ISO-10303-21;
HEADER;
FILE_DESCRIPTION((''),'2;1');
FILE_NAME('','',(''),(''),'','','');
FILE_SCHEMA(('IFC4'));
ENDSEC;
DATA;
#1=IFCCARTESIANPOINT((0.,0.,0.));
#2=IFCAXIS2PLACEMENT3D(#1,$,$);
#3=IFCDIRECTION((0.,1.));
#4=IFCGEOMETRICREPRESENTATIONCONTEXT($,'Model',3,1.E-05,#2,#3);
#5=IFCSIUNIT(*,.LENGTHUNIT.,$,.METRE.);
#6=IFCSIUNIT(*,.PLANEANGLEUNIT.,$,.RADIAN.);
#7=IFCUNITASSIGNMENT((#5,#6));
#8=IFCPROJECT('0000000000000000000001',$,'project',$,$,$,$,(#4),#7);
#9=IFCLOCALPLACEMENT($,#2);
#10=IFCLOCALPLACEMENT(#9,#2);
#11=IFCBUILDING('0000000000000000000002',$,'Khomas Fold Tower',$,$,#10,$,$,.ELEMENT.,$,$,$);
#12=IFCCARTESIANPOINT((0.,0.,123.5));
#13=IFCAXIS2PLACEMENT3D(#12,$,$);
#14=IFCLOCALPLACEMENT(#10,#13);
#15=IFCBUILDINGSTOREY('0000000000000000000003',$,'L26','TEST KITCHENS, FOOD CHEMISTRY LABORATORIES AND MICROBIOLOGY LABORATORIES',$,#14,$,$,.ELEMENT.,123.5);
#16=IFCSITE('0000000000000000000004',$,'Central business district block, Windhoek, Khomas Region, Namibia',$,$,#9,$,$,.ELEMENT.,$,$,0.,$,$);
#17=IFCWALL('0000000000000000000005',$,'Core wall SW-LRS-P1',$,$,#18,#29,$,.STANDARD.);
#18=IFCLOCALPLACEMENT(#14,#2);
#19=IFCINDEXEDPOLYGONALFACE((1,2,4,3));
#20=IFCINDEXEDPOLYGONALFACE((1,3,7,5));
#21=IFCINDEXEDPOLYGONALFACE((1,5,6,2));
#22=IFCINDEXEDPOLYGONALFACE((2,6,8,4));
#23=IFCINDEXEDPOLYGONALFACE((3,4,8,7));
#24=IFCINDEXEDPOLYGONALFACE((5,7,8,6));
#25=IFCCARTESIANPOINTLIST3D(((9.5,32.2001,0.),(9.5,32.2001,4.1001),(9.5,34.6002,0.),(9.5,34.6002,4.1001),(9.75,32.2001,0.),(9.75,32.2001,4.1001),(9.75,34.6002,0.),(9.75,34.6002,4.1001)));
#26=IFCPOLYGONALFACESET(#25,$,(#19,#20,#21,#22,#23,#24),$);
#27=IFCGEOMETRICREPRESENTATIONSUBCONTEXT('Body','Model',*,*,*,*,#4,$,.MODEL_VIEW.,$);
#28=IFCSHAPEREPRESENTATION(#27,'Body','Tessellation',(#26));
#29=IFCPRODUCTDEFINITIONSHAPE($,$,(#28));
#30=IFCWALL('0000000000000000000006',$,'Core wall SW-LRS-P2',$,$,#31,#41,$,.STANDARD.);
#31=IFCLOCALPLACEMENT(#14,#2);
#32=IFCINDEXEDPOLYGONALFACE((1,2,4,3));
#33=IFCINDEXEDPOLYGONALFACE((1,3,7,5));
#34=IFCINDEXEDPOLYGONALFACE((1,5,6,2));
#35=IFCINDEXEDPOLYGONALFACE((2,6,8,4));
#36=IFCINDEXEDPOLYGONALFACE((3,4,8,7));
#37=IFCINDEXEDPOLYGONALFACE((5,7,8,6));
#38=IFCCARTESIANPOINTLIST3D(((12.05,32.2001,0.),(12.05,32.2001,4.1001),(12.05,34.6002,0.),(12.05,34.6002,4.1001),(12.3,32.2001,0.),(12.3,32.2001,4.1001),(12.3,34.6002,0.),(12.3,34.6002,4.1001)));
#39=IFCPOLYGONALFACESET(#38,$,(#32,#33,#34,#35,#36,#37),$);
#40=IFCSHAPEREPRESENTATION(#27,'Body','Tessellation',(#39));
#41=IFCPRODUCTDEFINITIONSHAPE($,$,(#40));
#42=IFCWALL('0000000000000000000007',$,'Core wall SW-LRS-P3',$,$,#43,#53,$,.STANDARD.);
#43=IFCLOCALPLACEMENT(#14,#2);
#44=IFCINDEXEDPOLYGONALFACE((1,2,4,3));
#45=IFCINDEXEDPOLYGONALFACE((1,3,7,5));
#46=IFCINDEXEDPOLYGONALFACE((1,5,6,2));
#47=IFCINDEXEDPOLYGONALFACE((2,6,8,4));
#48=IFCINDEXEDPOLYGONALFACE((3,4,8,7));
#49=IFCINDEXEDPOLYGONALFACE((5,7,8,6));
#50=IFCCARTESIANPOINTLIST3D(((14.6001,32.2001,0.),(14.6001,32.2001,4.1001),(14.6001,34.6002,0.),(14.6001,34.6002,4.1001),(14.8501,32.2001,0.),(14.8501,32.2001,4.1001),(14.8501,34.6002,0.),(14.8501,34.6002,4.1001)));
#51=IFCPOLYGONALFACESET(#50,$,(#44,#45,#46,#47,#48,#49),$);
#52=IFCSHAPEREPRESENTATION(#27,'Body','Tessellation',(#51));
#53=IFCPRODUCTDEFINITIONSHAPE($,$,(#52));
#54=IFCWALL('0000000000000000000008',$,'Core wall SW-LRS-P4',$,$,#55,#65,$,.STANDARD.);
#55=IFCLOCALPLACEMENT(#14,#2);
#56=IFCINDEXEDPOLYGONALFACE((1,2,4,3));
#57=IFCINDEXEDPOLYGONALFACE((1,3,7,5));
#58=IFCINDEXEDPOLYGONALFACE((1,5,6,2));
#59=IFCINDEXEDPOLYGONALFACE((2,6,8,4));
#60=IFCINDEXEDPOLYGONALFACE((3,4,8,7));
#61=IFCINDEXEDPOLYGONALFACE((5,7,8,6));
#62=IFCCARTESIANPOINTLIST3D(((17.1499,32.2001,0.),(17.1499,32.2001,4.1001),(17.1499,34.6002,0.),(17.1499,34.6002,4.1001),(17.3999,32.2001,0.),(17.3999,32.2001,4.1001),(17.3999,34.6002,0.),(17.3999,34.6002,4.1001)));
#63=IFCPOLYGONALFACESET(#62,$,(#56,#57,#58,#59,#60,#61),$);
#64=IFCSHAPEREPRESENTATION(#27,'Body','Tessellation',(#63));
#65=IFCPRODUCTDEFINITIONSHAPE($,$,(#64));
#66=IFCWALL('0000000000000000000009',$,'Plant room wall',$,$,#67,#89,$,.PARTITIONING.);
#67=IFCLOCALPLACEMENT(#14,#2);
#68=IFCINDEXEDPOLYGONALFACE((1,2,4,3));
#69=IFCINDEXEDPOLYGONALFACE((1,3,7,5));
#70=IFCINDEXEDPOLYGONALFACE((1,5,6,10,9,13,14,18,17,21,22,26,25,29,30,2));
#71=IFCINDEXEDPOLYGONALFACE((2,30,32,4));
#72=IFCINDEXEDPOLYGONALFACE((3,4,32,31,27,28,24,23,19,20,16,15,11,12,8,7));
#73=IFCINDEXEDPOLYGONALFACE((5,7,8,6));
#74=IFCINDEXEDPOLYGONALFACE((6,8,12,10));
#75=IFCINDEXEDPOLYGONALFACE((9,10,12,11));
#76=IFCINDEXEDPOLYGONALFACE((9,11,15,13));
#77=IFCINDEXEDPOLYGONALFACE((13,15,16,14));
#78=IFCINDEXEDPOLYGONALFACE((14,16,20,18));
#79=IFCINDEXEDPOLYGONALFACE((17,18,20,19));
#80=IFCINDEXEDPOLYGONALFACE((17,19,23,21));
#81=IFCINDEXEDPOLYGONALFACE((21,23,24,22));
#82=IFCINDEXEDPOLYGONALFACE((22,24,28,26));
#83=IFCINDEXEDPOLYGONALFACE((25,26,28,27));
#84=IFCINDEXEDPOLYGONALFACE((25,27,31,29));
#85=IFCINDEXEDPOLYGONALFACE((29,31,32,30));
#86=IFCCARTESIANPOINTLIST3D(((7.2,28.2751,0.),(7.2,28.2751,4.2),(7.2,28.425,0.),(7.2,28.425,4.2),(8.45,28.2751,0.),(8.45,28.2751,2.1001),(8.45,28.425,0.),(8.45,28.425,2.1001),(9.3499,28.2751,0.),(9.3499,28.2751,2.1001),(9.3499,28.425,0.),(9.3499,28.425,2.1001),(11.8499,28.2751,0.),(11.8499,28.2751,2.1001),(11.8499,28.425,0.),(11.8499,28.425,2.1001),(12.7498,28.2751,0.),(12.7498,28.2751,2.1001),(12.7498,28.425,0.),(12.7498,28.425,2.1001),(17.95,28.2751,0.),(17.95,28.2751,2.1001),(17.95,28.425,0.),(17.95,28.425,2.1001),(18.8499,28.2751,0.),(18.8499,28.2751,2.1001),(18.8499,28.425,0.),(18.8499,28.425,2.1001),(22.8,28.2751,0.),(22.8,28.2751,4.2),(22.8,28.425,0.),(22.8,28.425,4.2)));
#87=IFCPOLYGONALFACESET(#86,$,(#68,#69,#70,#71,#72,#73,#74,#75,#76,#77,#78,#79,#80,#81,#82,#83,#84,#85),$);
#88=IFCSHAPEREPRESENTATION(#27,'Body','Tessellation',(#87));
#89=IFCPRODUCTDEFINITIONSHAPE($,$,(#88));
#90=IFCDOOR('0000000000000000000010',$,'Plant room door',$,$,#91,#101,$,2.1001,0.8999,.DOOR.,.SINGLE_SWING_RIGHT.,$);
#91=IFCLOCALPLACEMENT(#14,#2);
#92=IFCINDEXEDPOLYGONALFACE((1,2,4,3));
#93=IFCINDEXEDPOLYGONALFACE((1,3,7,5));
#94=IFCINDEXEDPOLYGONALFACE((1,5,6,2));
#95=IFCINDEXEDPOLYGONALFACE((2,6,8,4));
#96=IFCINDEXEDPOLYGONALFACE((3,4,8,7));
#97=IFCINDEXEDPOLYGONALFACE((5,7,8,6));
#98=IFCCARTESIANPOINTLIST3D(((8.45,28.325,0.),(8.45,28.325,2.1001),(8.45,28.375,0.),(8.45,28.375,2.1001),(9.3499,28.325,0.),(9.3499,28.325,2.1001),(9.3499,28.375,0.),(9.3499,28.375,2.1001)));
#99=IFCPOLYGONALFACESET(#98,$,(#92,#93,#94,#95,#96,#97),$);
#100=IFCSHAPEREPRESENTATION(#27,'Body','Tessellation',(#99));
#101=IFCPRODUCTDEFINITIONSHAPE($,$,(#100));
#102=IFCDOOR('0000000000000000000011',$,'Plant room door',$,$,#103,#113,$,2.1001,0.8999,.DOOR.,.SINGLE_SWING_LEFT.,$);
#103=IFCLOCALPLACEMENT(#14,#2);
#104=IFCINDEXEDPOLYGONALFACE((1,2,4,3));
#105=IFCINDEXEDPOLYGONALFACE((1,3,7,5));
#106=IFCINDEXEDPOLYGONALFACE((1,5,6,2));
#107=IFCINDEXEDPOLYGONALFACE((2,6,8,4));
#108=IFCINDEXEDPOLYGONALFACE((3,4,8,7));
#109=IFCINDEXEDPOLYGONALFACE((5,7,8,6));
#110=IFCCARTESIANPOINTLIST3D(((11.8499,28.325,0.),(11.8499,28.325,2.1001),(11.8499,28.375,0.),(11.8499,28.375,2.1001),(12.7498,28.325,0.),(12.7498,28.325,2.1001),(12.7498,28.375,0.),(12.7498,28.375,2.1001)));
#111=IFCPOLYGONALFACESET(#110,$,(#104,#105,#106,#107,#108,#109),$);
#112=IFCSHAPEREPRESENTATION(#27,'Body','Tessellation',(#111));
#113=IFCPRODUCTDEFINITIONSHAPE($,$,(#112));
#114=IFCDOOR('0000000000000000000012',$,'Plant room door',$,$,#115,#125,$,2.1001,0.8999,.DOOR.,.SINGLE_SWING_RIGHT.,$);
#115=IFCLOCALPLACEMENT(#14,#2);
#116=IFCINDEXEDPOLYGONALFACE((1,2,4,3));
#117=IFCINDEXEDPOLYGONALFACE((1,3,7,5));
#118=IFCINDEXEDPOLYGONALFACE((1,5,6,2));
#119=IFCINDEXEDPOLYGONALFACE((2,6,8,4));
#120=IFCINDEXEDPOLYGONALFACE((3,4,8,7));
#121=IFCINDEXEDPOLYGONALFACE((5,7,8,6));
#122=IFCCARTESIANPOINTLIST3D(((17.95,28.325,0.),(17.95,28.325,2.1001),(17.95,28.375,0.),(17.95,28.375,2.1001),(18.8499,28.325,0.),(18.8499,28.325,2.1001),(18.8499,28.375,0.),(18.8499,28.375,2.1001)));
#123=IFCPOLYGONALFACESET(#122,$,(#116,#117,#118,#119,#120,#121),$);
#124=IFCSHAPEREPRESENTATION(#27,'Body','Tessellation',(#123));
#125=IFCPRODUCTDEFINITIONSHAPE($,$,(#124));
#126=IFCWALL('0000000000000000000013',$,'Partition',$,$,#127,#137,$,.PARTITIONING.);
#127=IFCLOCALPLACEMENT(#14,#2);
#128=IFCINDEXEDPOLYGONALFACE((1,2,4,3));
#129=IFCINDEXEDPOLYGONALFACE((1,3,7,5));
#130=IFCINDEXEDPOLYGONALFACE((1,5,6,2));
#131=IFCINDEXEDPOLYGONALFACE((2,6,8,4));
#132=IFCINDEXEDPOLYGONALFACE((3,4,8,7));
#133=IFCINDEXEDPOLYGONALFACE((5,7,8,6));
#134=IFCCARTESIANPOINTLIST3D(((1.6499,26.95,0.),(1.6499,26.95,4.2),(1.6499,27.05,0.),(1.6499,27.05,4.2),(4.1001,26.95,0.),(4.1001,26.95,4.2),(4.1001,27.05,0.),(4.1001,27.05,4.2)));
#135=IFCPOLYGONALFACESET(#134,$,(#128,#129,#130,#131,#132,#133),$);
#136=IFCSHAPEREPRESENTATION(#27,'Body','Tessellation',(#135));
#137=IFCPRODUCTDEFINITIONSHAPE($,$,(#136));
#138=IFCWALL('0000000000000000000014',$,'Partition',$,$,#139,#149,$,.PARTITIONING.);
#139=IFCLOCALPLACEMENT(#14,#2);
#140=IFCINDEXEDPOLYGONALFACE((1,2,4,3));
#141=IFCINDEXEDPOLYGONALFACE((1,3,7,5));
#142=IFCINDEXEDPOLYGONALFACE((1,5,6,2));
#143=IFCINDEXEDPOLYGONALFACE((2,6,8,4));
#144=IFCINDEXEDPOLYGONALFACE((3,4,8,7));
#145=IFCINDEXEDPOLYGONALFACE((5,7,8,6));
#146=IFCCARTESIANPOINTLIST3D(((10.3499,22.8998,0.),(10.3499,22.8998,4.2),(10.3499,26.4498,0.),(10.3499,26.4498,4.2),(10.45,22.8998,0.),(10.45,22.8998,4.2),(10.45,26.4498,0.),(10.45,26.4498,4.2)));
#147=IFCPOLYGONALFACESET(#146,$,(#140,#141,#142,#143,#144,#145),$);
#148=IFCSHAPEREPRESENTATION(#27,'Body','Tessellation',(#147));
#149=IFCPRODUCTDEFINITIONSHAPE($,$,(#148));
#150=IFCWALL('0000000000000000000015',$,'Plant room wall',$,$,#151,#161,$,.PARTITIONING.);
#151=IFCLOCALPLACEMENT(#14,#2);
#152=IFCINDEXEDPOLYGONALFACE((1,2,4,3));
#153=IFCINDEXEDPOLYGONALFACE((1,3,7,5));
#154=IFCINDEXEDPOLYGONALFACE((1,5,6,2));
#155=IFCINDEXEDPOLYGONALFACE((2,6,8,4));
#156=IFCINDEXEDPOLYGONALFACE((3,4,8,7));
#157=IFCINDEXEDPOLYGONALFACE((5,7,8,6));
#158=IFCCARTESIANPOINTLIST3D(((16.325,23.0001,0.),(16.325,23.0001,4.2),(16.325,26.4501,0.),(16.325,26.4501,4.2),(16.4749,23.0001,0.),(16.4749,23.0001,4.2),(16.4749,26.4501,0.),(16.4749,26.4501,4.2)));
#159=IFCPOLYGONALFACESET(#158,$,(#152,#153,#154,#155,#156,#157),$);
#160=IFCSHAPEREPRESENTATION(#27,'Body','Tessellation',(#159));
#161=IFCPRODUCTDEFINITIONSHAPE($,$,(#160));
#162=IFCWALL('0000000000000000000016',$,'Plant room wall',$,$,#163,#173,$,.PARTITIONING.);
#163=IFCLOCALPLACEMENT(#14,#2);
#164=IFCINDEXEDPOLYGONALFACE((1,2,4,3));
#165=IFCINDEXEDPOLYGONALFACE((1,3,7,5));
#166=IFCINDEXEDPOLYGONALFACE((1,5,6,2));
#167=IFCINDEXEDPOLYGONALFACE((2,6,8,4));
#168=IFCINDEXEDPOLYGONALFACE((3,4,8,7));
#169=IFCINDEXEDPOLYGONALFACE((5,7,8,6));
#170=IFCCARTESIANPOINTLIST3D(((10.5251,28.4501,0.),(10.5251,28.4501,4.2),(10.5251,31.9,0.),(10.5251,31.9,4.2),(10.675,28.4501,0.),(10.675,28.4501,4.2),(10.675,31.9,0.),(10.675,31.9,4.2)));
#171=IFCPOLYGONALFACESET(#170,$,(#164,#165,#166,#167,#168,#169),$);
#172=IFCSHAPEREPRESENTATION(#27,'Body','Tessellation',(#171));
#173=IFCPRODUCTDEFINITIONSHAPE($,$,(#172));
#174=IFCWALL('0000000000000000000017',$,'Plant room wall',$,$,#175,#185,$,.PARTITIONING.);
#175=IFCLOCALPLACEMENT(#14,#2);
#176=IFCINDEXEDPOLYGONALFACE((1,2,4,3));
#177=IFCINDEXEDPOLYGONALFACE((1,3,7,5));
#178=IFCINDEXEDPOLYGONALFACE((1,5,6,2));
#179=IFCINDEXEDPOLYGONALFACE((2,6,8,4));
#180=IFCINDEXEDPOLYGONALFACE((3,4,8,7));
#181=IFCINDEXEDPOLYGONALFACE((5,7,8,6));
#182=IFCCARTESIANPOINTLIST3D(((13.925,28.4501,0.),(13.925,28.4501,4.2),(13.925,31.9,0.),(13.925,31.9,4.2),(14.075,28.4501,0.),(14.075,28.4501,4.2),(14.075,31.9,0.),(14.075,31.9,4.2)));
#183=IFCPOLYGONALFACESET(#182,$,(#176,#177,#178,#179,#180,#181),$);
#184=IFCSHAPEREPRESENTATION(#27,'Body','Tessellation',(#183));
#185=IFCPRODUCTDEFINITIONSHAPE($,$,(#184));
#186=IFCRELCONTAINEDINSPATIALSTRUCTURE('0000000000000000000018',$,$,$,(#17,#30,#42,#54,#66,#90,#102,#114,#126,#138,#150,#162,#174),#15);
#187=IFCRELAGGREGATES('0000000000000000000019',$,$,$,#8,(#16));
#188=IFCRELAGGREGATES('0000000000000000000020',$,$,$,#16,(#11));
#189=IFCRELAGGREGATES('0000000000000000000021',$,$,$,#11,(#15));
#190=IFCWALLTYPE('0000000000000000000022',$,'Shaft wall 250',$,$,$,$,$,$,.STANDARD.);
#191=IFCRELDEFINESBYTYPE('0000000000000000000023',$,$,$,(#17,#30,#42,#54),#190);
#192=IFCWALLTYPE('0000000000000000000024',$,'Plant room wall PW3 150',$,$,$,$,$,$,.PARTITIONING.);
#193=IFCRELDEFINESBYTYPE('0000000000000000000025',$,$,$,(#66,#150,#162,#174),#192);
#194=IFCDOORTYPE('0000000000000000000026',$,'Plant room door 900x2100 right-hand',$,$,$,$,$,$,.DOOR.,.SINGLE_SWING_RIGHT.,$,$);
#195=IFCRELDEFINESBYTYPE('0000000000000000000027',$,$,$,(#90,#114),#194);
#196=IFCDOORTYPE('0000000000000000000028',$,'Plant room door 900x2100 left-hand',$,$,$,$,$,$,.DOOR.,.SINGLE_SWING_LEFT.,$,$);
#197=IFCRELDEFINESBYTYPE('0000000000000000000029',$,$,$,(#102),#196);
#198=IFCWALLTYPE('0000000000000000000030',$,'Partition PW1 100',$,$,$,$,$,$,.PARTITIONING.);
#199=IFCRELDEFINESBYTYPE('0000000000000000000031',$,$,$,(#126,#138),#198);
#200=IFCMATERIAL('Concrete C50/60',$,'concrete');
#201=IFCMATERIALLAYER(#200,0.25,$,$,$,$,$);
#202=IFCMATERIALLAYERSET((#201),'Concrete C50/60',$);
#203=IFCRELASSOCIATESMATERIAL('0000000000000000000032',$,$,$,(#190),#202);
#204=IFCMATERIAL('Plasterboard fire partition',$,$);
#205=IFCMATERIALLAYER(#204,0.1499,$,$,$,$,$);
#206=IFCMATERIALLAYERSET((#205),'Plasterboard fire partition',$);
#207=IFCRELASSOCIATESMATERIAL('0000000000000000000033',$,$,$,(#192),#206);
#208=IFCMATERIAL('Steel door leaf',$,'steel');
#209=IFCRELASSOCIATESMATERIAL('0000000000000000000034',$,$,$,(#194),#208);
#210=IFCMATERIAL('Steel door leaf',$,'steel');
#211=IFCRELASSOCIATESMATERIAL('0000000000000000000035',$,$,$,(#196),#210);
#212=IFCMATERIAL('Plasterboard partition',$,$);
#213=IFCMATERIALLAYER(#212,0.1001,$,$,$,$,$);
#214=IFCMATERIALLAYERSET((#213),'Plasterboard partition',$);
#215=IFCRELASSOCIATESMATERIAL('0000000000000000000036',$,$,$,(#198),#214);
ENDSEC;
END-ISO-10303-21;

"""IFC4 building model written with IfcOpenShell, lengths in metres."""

from ifc_helpers import new_model, si_unit, direction, frame, frame_2d, origin, place, context, subcontext, project, spatial, rectangle, extrude, source, transform, mapped, material, layer, layer_set, type_object, element, fill, save


model = new_model("IFC4")

# Units and contexts
model_context = context("Model", 3, precision=1e-05, world=origin(), true_north=direction((0.0, 1.0)))
body_context = subcontext(model_context, "Body", "Model", "MODEL_VIEW")
ifc_project = project(units=[si_unit("LENGTHUNIT", "METRE"), si_unit("PLANEANGLEUNIT", "RADIAN")], contexts=[model_context])

# Site, building, storey
site_placement = place(None, origin())
site = spatial("IfcSite", under=ifc_project, at=site_placement, Name="Central business district block, Windhoek, Khomas Region, Namibia", CompositionType="ELEMENT", RefElevation=0.0)
building_placement = place(site_placement, origin())
building = spatial("IfcBuilding", under=site, at=building_placement, Name="Khomas Fold Tower", CompositionType="ELEMENT")
storey_placement = place(building_placement, frame((0.0, 0.0, 123.5)))
storey = spatial("IfcBuildingStorey", under=building, at=storey_placement, Name="L26", Description="TEST KITCHENS, FOOD CHEMISTRY LABORATORIES AND MICROBIOLOGY LABORATORIES", CompositionType="ELEMENT", Elevation=123.5)

# Walls
ifc_material_1 = material(Name="Concrete C50/60", Category="concrete")
ifc_layer_1 = layer(ifc_material_1, 0.25)
ifc_layer_set_1 = layer_set([ifc_layer_1], Name="Concrete C50/60")
wall_type_1 = type_object("IfcWallType", Name="Shaft wall 250", PredefinedType="STANDARD", material=ifc_layer_set_1)
shared_shape_1 = source(origin(), body_context, "Body", "SweptSolid", [
    extrude(rectangle(XDim=2.4001, YDim=0.25, at=frame_2d((1.2002, 0.0))), origin(), (0.0, 0.0, 1.0), 4.1001),
])
for number, where, z_axis, x_axis, name in (
    (1, (9.625, 32.2, 0.0), (0.0, 0.0, 1.0), (0.0, 1.0, 0.0), "Core wall SW-LRS-P1"),
    (2, (12.175, 32.2, 0.0), (0.0, 0.0, 1.0), (0.0, 1.0, 0.0), "Core wall SW-LRS-P2"),
    (3, (14.7251, 32.2, 0.0), (0.0, 0.0, 1.0), (0.0, 1.0, 0.0), "Core wall SW-LRS-P3"),
    (4, (17.2749, 32.2, 0.0), (0.0, 0.0, 1.0), (0.0, 1.0, 0.0), "Core wall SW-LRS-P4"),
):
    element("IfcWall", number, at=place(storey_placement, frame(where, z_axis=z_axis, x_axis=x_axis)), inside=storey, type_object=wall_type_1, Name=name, PredefinedType="STANDARD", context=body_context, shape_type="MappedRepresentation", body=[
        mapped(shared_shape_1, transform((0.0, 0.0, 0.0))),
    ])

# Wall, openings, doors
ifc_material_2 = material(Name="Plasterboard fire partition")
ifc_layer_2 = layer(ifc_material_2, 0.1499)
ifc_layer_set_2 = layer_set([ifc_layer_2], Name="Plasterboard fire partition")
wall_type_2 = type_object("IfcWallType", Name="Plant room wall PW3 150", PredefinedType="PARTITIONING", material=ifc_layer_set_2)
shared_shape_2 = source(origin(), body_context, "Body", "SweptSolid", [
    extrude(rectangle(XDim=15.6001, YDim=0.1499, at=frame_2d((7.8, 0.0))), origin(), (0.0, 0.0, 1.0), 4.2),
])
wall_1_placement = place(storey_placement, frame((7.2, 28.3501, 0.0), z_axis=(0.0, 0.0, 1.0), x_axis=(1.0, 0.0, 0.0)))
wall_1 = element("IfcWall", 5, at=wall_1_placement, inside=storey, type_object=wall_type_2, Name="Plant room wall", PredefinedType="PARTITIONING", context=body_context, shape_type="MappedRepresentation", body=[
    mapped(shared_shape_2, transform((0.0, 0.0, 0.0))),
])
shared_shape_3 = source(origin(), body_context, "Body", "SweptSolid", [
    extrude(rectangle(XDim=0.8999, YDim=2.1001, at=frame_2d((0.45, 1.05))), frame((0.0, 0.085, 0.0), z_axis=(0.0, -1.0, 0.0), x_axis=(1.0, 0.0, 0.0)), (0.0, 0.0, 1.0), 0.1699),
])
opening_1_placement = place(wall_1_placement, frame((1.25, 0.0, 0.0)))
opening_1 = element("IfcOpeningElement", 6, at=opening_1_placement, cuts=wall_1, PredefinedType="OPENING", context=body_context, shape_type="MappedRepresentation", body=[
    mapped(shared_shape_3, transform((0.0, 0.0, 0.0))),
])
opening_2_placement = place(wall_1_placement, frame((4.6499, 0.0, 0.0)))
opening_2 = element("IfcOpeningElement", 7, at=opening_2_placement, cuts=wall_1, PredefinedType="OPENING", context=body_context, shape_type="MappedRepresentation", body=[
    mapped(shared_shape_3, transform((0.0, 0.0, 0.0))),
])
opening_3_placement = place(wall_1_placement, frame((10.75, 0.0, 0.0)))
opening_3 = element("IfcOpeningElement", 8, at=opening_3_placement, cuts=wall_1, PredefinedType="OPENING", context=body_context, shape_type="MappedRepresentation", body=[
    mapped(shared_shape_3, transform((0.0, 0.0, 0.0))),
])
ifc_material_3 = material(Name="Steel door leaf", Category="steel")
door_type_1 = type_object("IfcDoorType", Name="Plant room door 900x2100 right-hand", OperationType="SINGLE_SWING_RIGHT", PredefinedType="DOOR", material=ifc_material_3)
shared_shape_4 = source(origin(), body_context, "Body", "SweptSolid", [
    extrude(rectangle(XDim=0.8999, YDim=2.1001, at=frame_2d((0.45, 1.05))), frame((0.0, 0.0249, 0.0), z_axis=(0.0, -1.0, 0.0), x_axis=(1.0, 0.0, 0.0)), (0.0, 0.0, 1.0), 0.05),
])
door_1_placement = place(opening_1_placement, origin())
door_1 = element("IfcDoor", 9, at=door_1_placement, inside=storey, type_object=door_type_1, Name="Plant room door", OperationType="SINGLE_SWING_RIGHT", OverallHeight=2.1001, OverallWidth=0.8999, PredefinedType="DOOR", context=body_context, shape_type="MappedRepresentation", body=[
    mapped(shared_shape_4, transform((0.0, 0.0, 0.0))),
])
fill(opening_1, door_1)
ifc_material_4 = material(Name="Steel door leaf", Category="steel")
door_type_2 = type_object("IfcDoorType", Name="Plant room door 900x2100 left-hand", OperationType="SINGLE_SWING_LEFT", PredefinedType="DOOR", material=ifc_material_4)
door_2_placement = place(opening_2_placement, origin())
door_2 = element("IfcDoor", 10, at=door_2_placement, inside=storey, type_object=door_type_2, Name="Plant room door", OperationType="SINGLE_SWING_LEFT", OverallHeight=2.1001, OverallWidth=0.8999, PredefinedType="DOOR", context=body_context, shape_type="MappedRepresentation", body=[
    mapped(shared_shape_4, transform((0.0, 0.0, 0.0))),
])
fill(opening_2, door_2)
door_3_placement = place(opening_3_placement, origin())
door_3 = element("IfcDoor", 11, at=door_3_placement, inside=storey, type_object=door_type_1, Name="Plant room door", OperationType="SINGLE_SWING_RIGHT", OverallHeight=2.1001, OverallWidth=0.8999, PredefinedType="DOOR", context=body_context, shape_type="MappedRepresentation", body=[
    mapped(shared_shape_4, transform((0.0, 0.0, 0.0))),
])
fill(opening_3, door_3)

# Walls
ifc_material_5 = material(Name="Plasterboard partition")
ifc_layer_3 = layer(ifc_material_5, 0.1001)
ifc_layer_set_3 = layer_set([ifc_layer_3], Name="Plasterboard partition")
wall_type_3 = type_object("IfcWallType", Name="Partition PW1 100", PredefinedType="PARTITIONING", material=ifc_layer_set_3)
shared_shape_5 = source(origin(), body_context, "Body", "SweptSolid", [
    extrude(rectangle(XDim=2.4502, YDim=0.1001, at=frame_2d((1.2251, 0.0))), origin(), (0.0, 0.0, 1.0), 4.2),
])
wall_2_placement = place(storey_placement, frame((1.6499, 27.0, 0.0), z_axis=(0.0, 0.0, 1.0), x_axis=(1.0, 0.0, 0.0)))
element("IfcWall", 12, at=wall_2_placement, inside=storey, type_object=wall_type_3, Name="Partition", PredefinedType="PARTITIONING", context=body_context, shape_type="MappedRepresentation", body=[
    mapped(shared_shape_5, transform((0.0, 0.0, 0.0))),
])
shared_shape_6 = source(origin(), body_context, "Body", "SweptSolid", [
    extrude(rectangle(XDim=3.55, YDim=0.1001, at=frame_2d((1.7749, 0.0))), origin(), (0.0, 0.0, 1.0), 4.2),
])
wall_3_placement = place(storey_placement, frame((10.3999, 22.8999, 0.0), z_axis=(0.0, 0.0, 1.0), x_axis=(0.0, 1.0, 0.0)))
element("IfcWall", 13, at=wall_3_placement, inside=storey, type_object=wall_type_3, Name="Partition", PredefinedType="PARTITIONING", context=body_context, shape_type="MappedRepresentation", body=[
    mapped(shared_shape_6, transform((0.0, 0.0, 0.0))),
])
shared_shape_7 = source(origin(), body_context, "Body", "SweptSolid", [
    extrude(rectangle(XDim=3.45, YDim=0.1499, at=frame_2d((1.7251, 0.0))), origin(), (0.0, 0.0, 1.0), 4.2),
])
for number, where, z_axis, x_axis, name in (
    (14, (16.3999, 23.0, 0.0), (0.0, 0.0, 1.0), (0.0, 1.0, 0.0), "Plant room wall"),
    (15, (10.6001, 28.45, 0.0), (0.0, 0.0, 1.0), (0.0, 1.0, 0.0), "Plant room wall"),
    (16, (14.0, 28.45, 0.0), (0.0, 0.0, 1.0), (0.0, 1.0, 0.0), "Plant room wall"),
):
    element("IfcWall", number, at=place(storey_placement, frame(where, z_axis=z_axis, x_axis=x_axis)), inside=storey, type_object=wall_type_2, Name=name, PredefinedType="PARTITIONING", context=body_context, shape_type="MappedRepresentation", body=[
        mapped(shared_shape_7, transform((0.0, 0.0, 0.0))),
    ])

save(model, "model.ifc")
